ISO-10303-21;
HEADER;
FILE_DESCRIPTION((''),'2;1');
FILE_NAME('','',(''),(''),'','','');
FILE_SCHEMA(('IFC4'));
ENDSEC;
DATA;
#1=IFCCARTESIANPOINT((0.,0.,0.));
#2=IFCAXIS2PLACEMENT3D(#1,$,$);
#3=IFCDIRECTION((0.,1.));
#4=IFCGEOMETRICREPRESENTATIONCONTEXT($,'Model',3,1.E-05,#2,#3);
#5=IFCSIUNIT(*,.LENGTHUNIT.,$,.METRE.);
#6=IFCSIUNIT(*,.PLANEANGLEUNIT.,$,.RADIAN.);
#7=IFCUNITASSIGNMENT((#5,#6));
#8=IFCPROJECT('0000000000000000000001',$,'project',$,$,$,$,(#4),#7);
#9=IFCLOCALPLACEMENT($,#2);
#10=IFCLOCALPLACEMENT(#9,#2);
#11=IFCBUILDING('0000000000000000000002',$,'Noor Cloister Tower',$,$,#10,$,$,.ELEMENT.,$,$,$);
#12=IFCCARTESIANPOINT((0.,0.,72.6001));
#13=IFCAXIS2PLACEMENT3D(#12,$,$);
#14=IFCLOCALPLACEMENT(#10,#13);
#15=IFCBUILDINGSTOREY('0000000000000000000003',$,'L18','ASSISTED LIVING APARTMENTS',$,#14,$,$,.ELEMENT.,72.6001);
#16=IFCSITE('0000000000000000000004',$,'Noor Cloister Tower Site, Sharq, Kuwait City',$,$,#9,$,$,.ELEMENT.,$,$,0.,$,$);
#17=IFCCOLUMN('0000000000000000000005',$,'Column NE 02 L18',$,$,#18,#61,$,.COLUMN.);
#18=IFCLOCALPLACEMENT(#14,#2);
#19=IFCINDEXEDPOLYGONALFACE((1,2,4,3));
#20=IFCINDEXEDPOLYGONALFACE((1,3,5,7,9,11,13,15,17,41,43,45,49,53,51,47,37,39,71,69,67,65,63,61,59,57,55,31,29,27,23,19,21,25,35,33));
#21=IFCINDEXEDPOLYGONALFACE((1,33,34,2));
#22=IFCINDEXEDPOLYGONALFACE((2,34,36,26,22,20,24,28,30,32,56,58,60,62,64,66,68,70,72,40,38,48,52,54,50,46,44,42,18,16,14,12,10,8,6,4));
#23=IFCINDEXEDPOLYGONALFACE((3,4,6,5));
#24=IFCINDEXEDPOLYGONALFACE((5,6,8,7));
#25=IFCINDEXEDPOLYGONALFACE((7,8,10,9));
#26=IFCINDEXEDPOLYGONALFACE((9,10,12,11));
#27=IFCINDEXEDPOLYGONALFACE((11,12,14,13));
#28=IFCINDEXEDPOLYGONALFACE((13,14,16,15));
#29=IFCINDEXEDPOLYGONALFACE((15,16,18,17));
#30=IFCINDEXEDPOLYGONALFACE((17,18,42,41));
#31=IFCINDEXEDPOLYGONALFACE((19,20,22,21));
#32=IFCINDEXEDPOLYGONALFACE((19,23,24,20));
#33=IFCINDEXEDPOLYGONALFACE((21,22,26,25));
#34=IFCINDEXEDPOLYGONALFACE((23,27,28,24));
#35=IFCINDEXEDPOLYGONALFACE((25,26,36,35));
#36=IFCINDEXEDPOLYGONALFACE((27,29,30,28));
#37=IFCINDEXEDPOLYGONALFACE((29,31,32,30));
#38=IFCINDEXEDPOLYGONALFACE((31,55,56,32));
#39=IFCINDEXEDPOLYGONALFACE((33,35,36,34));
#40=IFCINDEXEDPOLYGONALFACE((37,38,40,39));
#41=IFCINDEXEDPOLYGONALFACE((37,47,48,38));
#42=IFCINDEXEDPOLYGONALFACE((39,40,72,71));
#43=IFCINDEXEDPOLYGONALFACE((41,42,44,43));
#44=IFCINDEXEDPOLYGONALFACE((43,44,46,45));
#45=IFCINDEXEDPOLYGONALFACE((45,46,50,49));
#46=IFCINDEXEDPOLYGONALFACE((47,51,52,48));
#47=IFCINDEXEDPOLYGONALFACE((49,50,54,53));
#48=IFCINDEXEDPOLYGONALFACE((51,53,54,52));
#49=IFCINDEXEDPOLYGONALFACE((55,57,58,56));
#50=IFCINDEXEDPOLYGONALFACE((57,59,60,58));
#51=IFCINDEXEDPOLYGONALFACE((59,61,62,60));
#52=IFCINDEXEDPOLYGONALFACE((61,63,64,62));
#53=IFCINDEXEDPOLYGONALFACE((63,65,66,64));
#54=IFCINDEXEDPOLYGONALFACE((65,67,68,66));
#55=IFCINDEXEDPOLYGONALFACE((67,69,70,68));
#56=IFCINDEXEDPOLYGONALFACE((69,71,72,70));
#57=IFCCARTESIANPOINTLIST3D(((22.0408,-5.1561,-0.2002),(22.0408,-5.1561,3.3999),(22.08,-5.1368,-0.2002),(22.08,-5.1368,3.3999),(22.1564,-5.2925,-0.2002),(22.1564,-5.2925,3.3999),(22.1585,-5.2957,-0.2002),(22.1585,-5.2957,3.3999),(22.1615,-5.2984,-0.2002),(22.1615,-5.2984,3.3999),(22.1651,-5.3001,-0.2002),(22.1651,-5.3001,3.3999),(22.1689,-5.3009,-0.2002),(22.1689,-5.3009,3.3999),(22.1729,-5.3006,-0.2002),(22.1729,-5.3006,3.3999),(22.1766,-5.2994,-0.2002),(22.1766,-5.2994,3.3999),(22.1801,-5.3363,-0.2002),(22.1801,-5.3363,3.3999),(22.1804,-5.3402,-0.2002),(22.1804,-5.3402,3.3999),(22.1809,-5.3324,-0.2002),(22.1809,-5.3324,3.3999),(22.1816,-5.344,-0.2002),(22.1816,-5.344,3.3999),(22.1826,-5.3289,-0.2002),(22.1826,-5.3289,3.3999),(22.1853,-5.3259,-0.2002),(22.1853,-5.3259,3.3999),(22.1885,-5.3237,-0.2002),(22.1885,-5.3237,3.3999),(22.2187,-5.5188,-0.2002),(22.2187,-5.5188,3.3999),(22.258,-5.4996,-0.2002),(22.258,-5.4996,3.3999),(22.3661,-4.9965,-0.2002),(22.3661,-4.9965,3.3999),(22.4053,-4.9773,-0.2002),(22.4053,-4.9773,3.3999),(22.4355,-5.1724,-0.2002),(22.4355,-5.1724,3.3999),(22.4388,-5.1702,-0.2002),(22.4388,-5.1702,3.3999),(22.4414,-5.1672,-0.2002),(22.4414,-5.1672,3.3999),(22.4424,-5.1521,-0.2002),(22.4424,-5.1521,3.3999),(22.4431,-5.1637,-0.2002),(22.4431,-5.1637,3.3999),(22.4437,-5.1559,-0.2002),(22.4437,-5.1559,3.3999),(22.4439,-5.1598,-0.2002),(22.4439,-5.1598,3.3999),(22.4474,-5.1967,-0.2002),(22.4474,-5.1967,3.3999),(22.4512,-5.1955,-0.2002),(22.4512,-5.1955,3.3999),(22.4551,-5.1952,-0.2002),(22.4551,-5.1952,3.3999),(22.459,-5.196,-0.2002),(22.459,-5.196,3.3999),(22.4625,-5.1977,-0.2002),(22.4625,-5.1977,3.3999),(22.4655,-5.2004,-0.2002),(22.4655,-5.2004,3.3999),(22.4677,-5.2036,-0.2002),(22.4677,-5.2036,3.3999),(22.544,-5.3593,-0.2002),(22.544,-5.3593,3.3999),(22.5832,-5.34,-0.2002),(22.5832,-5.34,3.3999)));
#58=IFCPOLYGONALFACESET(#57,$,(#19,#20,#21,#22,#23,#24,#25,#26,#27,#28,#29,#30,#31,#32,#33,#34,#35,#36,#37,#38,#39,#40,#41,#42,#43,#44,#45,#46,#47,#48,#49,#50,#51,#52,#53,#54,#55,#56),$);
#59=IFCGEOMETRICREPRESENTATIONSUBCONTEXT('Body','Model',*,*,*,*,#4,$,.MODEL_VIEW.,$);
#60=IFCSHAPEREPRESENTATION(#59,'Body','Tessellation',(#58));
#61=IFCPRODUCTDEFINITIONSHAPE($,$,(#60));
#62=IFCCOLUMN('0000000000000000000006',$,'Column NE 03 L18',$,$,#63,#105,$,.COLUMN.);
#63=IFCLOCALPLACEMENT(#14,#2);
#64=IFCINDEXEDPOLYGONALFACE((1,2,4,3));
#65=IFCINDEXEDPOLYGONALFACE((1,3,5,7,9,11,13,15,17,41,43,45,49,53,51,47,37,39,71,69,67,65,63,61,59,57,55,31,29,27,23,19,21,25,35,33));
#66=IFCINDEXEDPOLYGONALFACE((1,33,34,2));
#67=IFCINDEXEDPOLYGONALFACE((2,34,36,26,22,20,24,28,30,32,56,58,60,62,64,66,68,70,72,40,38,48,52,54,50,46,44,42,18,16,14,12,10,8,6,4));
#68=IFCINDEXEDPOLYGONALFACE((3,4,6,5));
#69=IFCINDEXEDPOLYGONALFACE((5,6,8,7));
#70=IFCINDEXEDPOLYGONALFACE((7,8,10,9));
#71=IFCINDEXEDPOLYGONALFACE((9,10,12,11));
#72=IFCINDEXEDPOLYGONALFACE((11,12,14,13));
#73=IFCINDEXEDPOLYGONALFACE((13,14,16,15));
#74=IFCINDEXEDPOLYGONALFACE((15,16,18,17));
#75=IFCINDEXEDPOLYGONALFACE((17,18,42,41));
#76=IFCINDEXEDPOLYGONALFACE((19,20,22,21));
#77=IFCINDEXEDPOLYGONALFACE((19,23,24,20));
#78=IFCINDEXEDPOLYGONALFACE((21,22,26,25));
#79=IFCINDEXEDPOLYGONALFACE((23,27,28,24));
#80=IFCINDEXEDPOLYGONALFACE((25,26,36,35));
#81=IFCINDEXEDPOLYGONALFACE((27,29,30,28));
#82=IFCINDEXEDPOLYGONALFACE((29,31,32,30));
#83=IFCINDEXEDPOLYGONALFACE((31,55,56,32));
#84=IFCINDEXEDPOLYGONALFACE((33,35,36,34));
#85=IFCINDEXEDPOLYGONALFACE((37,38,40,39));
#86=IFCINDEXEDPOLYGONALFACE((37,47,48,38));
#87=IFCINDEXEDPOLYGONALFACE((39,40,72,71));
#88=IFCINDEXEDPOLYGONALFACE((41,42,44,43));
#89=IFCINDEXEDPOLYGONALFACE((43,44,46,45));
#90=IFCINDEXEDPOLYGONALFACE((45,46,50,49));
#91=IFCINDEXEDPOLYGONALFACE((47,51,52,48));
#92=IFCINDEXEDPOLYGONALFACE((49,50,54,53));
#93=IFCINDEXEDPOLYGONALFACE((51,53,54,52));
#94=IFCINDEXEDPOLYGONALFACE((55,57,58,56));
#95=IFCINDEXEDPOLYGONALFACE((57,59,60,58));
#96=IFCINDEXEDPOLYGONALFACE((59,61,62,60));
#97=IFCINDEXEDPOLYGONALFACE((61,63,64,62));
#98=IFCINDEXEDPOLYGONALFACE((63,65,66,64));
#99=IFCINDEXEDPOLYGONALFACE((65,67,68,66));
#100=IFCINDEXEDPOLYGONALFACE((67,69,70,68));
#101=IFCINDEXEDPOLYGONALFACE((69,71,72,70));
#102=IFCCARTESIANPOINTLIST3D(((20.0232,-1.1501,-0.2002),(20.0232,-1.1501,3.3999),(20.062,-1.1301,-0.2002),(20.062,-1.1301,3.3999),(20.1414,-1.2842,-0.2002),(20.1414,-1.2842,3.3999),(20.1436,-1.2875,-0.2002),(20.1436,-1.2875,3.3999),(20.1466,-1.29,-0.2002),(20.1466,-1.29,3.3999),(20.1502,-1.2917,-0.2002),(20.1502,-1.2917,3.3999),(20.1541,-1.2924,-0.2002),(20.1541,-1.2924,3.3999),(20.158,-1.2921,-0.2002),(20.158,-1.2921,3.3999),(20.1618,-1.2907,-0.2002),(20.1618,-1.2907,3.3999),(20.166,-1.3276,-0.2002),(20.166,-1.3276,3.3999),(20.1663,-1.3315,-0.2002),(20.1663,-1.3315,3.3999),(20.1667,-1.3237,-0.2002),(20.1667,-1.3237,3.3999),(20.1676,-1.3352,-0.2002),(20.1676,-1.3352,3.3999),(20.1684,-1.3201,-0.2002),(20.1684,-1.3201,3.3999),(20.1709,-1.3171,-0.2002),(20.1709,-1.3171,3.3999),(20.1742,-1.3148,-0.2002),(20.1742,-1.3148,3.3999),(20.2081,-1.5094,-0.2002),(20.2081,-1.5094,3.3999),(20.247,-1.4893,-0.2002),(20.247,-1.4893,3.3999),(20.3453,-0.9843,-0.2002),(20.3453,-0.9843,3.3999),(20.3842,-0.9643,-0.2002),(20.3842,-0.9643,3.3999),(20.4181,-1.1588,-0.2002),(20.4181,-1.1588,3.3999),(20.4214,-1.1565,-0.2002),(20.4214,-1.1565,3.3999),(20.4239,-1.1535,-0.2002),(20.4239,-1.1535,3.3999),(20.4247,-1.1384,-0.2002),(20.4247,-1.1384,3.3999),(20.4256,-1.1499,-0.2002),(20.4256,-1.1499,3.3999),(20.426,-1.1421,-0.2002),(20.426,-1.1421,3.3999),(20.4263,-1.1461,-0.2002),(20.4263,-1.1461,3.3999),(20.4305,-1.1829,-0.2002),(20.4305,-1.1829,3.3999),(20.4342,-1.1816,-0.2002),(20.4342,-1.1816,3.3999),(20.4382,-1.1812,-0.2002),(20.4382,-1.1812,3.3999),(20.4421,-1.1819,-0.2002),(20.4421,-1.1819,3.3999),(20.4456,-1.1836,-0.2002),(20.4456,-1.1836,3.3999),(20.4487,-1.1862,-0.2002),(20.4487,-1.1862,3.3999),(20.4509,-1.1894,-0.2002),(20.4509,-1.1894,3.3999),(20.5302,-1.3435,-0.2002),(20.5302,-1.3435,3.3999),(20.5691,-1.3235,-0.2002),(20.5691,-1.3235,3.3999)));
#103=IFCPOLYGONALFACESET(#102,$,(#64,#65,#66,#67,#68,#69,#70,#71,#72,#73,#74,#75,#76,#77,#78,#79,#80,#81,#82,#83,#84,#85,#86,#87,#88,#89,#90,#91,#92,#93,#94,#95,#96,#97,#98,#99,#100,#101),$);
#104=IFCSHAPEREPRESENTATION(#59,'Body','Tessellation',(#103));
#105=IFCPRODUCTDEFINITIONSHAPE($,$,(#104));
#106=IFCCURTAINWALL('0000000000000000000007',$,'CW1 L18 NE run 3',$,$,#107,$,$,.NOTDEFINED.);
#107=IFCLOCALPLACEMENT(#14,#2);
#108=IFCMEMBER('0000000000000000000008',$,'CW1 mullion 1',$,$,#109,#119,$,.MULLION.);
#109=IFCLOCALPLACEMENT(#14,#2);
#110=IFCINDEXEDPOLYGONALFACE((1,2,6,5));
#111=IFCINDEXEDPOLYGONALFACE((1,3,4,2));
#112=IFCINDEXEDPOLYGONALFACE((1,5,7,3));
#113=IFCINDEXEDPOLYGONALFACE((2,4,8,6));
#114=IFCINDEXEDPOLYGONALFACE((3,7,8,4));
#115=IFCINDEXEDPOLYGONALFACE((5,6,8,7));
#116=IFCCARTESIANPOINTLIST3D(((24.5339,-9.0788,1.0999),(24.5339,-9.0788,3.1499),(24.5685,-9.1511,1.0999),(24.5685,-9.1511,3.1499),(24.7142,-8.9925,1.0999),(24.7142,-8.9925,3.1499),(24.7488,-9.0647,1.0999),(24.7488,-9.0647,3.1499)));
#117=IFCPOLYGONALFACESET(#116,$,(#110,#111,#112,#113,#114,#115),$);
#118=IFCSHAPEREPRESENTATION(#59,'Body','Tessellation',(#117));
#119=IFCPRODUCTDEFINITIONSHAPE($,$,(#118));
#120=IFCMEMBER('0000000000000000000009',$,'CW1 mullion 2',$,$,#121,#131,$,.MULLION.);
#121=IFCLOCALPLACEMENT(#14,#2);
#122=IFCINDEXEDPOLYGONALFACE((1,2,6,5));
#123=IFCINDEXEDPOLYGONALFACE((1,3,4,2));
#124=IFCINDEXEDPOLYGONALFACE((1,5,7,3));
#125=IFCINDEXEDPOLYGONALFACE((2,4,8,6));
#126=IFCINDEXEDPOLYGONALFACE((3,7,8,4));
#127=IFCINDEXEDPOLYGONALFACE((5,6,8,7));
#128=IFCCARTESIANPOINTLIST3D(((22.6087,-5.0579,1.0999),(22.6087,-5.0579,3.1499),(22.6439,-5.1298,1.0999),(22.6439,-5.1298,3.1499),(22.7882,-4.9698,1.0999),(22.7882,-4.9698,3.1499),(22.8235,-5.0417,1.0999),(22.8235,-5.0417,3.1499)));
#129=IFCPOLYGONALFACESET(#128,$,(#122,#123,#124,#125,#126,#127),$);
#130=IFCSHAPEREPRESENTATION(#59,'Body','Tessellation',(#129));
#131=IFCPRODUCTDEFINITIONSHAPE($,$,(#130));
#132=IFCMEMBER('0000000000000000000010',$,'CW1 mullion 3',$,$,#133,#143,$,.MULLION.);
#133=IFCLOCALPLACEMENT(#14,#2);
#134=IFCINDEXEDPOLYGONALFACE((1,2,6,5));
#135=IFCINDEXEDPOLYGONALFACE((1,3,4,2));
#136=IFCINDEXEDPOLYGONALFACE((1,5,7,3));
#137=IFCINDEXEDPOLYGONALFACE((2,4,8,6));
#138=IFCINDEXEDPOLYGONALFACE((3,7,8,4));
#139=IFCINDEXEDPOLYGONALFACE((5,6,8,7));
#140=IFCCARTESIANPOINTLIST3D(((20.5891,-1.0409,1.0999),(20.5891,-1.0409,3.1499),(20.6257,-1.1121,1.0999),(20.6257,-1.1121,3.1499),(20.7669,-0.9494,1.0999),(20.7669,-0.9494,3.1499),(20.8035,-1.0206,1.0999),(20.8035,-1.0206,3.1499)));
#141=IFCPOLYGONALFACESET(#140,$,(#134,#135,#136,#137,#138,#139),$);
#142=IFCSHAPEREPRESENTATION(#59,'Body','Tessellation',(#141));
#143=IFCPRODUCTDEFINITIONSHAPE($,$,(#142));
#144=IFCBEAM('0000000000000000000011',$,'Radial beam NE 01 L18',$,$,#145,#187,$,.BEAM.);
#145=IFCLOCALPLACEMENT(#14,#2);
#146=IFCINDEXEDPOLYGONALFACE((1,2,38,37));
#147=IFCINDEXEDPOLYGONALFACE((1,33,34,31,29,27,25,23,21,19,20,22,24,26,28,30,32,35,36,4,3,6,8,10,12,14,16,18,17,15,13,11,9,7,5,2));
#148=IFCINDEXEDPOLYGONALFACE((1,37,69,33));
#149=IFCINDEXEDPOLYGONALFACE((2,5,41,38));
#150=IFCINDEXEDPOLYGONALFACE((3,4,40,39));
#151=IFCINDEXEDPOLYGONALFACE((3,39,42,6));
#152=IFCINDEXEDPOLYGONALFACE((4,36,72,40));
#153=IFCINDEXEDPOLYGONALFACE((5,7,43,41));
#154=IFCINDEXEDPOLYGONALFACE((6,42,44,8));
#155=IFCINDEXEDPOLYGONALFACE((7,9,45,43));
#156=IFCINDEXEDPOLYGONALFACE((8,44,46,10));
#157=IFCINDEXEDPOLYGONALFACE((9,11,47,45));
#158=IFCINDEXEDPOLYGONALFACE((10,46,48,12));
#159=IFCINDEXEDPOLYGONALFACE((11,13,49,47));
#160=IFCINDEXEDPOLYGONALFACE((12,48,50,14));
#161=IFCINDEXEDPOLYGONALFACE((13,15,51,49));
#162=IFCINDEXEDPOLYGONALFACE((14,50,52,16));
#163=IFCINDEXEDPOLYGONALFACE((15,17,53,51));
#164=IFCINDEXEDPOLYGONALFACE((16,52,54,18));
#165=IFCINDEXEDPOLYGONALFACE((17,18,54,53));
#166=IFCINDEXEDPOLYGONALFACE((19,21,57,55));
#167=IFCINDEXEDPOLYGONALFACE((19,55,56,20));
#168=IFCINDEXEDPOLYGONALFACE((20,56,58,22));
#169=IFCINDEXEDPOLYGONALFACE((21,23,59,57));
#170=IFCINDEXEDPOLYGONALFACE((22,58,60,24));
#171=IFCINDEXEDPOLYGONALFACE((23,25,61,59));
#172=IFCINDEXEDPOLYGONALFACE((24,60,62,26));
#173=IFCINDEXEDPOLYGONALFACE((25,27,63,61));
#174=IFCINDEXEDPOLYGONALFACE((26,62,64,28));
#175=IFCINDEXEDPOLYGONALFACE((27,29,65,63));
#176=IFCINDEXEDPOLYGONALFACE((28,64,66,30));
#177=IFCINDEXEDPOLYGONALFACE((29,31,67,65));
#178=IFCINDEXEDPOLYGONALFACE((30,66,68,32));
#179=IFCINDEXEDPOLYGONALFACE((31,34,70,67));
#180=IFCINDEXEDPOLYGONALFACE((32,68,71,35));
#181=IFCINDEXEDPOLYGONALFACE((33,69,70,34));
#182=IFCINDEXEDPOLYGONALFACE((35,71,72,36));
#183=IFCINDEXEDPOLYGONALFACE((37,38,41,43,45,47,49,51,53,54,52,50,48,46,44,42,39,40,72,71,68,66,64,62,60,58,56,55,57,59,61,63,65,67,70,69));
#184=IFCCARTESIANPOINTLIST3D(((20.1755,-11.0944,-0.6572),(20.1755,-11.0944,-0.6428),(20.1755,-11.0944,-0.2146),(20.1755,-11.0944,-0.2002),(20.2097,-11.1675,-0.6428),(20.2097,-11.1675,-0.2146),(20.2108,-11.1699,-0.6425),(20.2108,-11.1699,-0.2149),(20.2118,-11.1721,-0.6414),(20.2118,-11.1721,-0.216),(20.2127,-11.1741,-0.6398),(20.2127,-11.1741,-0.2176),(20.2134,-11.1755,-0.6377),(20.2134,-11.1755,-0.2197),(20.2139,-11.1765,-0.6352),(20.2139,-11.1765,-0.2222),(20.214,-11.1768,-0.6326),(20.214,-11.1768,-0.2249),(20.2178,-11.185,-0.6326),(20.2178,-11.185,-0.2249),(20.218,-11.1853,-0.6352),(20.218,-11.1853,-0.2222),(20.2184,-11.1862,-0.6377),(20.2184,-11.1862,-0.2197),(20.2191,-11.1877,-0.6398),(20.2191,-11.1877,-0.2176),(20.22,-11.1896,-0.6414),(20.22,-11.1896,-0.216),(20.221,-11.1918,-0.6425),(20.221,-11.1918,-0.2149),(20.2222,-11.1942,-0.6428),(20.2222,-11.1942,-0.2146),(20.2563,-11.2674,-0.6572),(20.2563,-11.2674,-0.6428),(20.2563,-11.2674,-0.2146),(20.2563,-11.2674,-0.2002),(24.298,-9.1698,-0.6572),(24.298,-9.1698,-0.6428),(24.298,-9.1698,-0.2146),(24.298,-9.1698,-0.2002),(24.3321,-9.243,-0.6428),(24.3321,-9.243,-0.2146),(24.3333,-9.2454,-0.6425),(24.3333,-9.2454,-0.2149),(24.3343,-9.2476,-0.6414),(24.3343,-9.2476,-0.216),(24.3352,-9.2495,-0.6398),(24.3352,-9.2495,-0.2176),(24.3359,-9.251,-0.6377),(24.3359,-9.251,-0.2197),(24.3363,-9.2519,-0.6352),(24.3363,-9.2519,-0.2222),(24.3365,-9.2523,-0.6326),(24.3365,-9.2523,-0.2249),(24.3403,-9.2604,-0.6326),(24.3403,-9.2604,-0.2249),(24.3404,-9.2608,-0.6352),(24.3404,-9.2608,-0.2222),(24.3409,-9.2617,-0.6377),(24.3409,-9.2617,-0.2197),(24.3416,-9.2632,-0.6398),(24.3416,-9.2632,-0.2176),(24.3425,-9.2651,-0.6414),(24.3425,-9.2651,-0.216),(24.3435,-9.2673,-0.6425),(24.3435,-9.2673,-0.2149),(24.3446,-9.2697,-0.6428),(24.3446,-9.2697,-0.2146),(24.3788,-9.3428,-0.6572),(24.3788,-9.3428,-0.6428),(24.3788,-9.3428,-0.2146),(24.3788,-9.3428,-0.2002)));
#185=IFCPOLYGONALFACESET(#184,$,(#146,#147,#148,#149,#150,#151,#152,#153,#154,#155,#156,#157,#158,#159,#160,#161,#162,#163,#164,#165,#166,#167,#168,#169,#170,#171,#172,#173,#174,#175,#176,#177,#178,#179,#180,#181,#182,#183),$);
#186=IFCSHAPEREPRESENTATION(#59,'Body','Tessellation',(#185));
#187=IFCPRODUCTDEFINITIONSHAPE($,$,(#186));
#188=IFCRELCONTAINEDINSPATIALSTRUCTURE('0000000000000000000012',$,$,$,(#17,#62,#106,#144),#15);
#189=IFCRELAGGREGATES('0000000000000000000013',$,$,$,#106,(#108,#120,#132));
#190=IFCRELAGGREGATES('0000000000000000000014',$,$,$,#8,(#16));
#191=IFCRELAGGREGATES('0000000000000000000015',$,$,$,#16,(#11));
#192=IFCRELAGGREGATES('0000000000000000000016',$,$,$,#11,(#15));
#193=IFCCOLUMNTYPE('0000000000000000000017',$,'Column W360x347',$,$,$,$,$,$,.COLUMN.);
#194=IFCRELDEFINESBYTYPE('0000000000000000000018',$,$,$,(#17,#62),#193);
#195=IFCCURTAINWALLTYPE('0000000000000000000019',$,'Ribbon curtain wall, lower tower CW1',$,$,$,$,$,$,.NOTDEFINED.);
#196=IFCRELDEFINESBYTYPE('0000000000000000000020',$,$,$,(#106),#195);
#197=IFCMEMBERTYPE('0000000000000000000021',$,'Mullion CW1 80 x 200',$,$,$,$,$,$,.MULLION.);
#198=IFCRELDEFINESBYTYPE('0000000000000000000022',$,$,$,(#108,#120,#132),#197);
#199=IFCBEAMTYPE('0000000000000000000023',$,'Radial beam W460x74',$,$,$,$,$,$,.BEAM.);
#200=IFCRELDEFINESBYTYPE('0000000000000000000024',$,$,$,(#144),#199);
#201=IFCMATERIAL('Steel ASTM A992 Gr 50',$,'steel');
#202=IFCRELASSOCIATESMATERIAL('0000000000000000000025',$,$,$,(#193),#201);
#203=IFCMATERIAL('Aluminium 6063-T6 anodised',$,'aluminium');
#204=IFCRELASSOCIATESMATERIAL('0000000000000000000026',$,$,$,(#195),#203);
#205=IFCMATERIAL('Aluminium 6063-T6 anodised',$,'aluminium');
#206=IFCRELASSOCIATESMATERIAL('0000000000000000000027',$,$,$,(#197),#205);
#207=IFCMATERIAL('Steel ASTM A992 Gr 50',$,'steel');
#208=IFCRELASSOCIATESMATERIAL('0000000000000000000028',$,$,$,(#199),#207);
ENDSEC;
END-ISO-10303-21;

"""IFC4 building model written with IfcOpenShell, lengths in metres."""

from ifc_helpers import new_model, si_unit, direction, frame, origin, origin_2d, place, context, subcontext, project, spatial, rectangle, i_section, extrude, material, material_profile, profile_set, type_object, element, aggregate, save


model = new_model("IFC4")

# Units and contexts
model_context = context("Model", 3, precision=1e-05, world=origin(), true_north=direction((0.0, 1.0)))
body_context = subcontext(model_context, "Body", "Model", "MODEL_VIEW")
ifc_project = project(units=[si_unit("LENGTHUNIT", "METRE"), si_unit("PLANEANGLEUNIT", "RADIAN")], contexts=[model_context])

# Site, building, storey
site_placement = place(None, origin())
site = spatial("IfcSite", under=ifc_project, at=site_placement, Name="Noor Cloister Tower Site, Sharq, Kuwait City", CompositionType="ELEMENT", RefElevation=0.0)
building_placement = place(site_placement, origin())
building = spatial("IfcBuilding", under=site, at=building_placement, Name="Noor Cloister Tower", CompositionType="ELEMENT")
storey_placement = place(building_placement, frame((0.0, 0.0, 72.6001)))
storey = spatial("IfcBuildingStorey", under=building, at=storey_placement, Name="L18", Description="ASSISTED LIVING APARTMENTS", CompositionType="ELEMENT", Elevation=72.6001)

# Columns
ifc_material_1 = material(Name="Steel ASTM A992 Gr 50", Category="steel")
ifc_material_profile_1 = material_profile(ifc_material_1, i_section(OverallWidth=0.4041, OverallDepth=0.406, WebThickness=0.0271, FlangeThickness=0.0437, FilletRadius=0.0151, at=origin_2d()), Name="W360x347")
ifc_profile_set_1 = profile_set([ifc_material_profile_1], Name="Steel ASTM A992 Gr 50")
column_type = type_object("IfcColumnType", Name="Column W360x347", PredefinedType="COLUMN", material=ifc_profile_set_1)
for number, where, z_axis, x_axis, name in (
    (1, (22.312, -5.248, -0.2002), (0.0, 0.0, 1.0), (-0.440428, 0.897788, 0.0), "Column NE 02 L18"),
    (2, (20.2961, -1.2368, -0.2002), (0.0, 0.0, 1.0), (-0.457666, 0.889124, 0.0), "Column NE 03 L18"),
):
    element("IfcColumn", number, at=place(storey_placement, frame(where, z_axis=z_axis, x_axis=x_axis)), inside=storey, type_object=column_type, Name=name, PredefinedType="COLUMN", context=body_context, shape_type="SweptSolid", body=[
        extrude(i_section(OverallWidth=0.4041, OverallDepth=0.406, WebThickness=0.0271, FlangeThickness=0.0437, FilletRadius=0.0151, at=origin_2d()), origin(), (0.0, 0.0, 1.0), 3.6001),
    ])

# Curtain wall, members
ifc_material_2 = material(Name="Aluminium 6063-T6 anodised", Category="aluminium")
curtain_wall_type = type_object("IfcCurtainWallType", Name="Ribbon curtain wall, lower tower CW1", PredefinedType="NOTDEFINED", material=ifc_material_2)
curtain_wall_placement = place(storey_placement, origin())
curtain_wall = element("IfcCurtainWall", 3, at=curtain_wall_placement, inside=storey, type_object=curtain_wall_type, Name="CW1 L18 NE run 3", PredefinedType="NOTDEFINED")
ifc_material_3 = material(Name="Aluminium 6063-T6 anodised", Category="aluminium")
ifc_material_profile_2 = material_profile(ifc_material_3, rectangle(XDim=0.2, YDim=0.0801, at=origin_2d()), Name="200 x 80 mullion")
ifc_profile_set_2 = profile_set([ifc_material_profile_2], Name="Aluminium 6063-T6 anodised")
member_type = type_object("IfcMemberType", Name="Mullion CW1 80 x 200", PredefinedType="MULLION", material=ifc_profile_set_2)
member_1_placement = place(storey_placement, frame((24.6414, -9.0718, 1.0999), z_axis=(0.0, 0.0, 1.0), x_axis=(-0.901994, -0.431748, 0.0)))
member_1 = element("IfcMember", 4, at=member_1_placement, type_object=member_type, Name="CW1 mullion 1", PredefinedType="MULLION", context=body_context, shape_type="SweptSolid", body=[
    extrude(rectangle(XDim=0.2, YDim=0.0801, at=origin_2d()), origin(), (0.0, 0.0, 1.0), 2.05),
])
member_2_placement = place(storey_placement, frame((22.7161, -5.0498, 1.0999), z_axis=(0.0, 0.0, 1.0), x_axis=(-0.897788, -0.440428, 0.0)))
member_2 = element("IfcMember", 5, at=member_2_placement, type_object=member_type, Name="CW1 mullion 2", PredefinedType="MULLION", context=body_context, shape_type="SweptSolid", body=[
    extrude(rectangle(XDim=0.2, YDim=0.0801, at=origin_2d()), origin(), (0.0, 0.0, 1.0), 2.05),
])
member_3_placement = place(storey_placement, frame((20.6963, -1.0308, 1.0999), z_axis=(0.0, 0.0, 1.0), x_axis=(-0.889124, -0.457666, 0.0)))
member_3 = element("IfcMember", 6, at=member_3_placement, type_object=member_type, Name="CW1 mullion 3", PredefinedType="MULLION", context=body_context, shape_type="SweptSolid", body=[
    extrude(rectangle(XDim=0.2, YDim=0.0801, at=origin_2d()), origin(), (0.0, 0.0, 1.0), 2.05),
])

# Beam
ifc_material_4 = material(Name="Steel ASTM A992 Gr 50", Category="steel")
ifc_material_profile_3 = material_profile(ifc_material_4, i_section(OverallWidth=0.1909, OverallDepth=0.457, WebThickness=0.009, FlangeThickness=0.0144, FilletRadius=0.0103, at=origin_2d()), Name="W460x74")
ifc_profile_set_3 = profile_set([ifc_material_profile_3], Name="Steel ASTM A992 Gr 50")
beam_type_1 = type_object("IfcBeamType", Name="Radial beam W460x74", PredefinedType="BEAM", material=ifc_profile_set_3)
beam_1_placement = place(storey_placement, frame((24.3384, -9.2563, -0.4287), z_axis=(-0.906124, -0.423012, 0.0), x_axis=(0.423012, -0.906124, 0.0)))
element("IfcBeam", 7, at=beam_1_placement, inside=storey, type_object=beam_type_1, Name="Radial beam NE 01 L18", PredefinedType="BEAM", context=body_context, shape_type="SweptSolid", body=[
    extrude(i_section(OverallWidth=0.1909, OverallDepth=0.457, WebThickness=0.009, FlangeThickness=0.0144, FilletRadius=0.0103, at=origin_2d()), origin(), (0.0, 0.0, 1.0), 4.5496),
])

aggregate(curtain_wall, [member_1, member_2, member_3])

save(model, "model.ifc")
